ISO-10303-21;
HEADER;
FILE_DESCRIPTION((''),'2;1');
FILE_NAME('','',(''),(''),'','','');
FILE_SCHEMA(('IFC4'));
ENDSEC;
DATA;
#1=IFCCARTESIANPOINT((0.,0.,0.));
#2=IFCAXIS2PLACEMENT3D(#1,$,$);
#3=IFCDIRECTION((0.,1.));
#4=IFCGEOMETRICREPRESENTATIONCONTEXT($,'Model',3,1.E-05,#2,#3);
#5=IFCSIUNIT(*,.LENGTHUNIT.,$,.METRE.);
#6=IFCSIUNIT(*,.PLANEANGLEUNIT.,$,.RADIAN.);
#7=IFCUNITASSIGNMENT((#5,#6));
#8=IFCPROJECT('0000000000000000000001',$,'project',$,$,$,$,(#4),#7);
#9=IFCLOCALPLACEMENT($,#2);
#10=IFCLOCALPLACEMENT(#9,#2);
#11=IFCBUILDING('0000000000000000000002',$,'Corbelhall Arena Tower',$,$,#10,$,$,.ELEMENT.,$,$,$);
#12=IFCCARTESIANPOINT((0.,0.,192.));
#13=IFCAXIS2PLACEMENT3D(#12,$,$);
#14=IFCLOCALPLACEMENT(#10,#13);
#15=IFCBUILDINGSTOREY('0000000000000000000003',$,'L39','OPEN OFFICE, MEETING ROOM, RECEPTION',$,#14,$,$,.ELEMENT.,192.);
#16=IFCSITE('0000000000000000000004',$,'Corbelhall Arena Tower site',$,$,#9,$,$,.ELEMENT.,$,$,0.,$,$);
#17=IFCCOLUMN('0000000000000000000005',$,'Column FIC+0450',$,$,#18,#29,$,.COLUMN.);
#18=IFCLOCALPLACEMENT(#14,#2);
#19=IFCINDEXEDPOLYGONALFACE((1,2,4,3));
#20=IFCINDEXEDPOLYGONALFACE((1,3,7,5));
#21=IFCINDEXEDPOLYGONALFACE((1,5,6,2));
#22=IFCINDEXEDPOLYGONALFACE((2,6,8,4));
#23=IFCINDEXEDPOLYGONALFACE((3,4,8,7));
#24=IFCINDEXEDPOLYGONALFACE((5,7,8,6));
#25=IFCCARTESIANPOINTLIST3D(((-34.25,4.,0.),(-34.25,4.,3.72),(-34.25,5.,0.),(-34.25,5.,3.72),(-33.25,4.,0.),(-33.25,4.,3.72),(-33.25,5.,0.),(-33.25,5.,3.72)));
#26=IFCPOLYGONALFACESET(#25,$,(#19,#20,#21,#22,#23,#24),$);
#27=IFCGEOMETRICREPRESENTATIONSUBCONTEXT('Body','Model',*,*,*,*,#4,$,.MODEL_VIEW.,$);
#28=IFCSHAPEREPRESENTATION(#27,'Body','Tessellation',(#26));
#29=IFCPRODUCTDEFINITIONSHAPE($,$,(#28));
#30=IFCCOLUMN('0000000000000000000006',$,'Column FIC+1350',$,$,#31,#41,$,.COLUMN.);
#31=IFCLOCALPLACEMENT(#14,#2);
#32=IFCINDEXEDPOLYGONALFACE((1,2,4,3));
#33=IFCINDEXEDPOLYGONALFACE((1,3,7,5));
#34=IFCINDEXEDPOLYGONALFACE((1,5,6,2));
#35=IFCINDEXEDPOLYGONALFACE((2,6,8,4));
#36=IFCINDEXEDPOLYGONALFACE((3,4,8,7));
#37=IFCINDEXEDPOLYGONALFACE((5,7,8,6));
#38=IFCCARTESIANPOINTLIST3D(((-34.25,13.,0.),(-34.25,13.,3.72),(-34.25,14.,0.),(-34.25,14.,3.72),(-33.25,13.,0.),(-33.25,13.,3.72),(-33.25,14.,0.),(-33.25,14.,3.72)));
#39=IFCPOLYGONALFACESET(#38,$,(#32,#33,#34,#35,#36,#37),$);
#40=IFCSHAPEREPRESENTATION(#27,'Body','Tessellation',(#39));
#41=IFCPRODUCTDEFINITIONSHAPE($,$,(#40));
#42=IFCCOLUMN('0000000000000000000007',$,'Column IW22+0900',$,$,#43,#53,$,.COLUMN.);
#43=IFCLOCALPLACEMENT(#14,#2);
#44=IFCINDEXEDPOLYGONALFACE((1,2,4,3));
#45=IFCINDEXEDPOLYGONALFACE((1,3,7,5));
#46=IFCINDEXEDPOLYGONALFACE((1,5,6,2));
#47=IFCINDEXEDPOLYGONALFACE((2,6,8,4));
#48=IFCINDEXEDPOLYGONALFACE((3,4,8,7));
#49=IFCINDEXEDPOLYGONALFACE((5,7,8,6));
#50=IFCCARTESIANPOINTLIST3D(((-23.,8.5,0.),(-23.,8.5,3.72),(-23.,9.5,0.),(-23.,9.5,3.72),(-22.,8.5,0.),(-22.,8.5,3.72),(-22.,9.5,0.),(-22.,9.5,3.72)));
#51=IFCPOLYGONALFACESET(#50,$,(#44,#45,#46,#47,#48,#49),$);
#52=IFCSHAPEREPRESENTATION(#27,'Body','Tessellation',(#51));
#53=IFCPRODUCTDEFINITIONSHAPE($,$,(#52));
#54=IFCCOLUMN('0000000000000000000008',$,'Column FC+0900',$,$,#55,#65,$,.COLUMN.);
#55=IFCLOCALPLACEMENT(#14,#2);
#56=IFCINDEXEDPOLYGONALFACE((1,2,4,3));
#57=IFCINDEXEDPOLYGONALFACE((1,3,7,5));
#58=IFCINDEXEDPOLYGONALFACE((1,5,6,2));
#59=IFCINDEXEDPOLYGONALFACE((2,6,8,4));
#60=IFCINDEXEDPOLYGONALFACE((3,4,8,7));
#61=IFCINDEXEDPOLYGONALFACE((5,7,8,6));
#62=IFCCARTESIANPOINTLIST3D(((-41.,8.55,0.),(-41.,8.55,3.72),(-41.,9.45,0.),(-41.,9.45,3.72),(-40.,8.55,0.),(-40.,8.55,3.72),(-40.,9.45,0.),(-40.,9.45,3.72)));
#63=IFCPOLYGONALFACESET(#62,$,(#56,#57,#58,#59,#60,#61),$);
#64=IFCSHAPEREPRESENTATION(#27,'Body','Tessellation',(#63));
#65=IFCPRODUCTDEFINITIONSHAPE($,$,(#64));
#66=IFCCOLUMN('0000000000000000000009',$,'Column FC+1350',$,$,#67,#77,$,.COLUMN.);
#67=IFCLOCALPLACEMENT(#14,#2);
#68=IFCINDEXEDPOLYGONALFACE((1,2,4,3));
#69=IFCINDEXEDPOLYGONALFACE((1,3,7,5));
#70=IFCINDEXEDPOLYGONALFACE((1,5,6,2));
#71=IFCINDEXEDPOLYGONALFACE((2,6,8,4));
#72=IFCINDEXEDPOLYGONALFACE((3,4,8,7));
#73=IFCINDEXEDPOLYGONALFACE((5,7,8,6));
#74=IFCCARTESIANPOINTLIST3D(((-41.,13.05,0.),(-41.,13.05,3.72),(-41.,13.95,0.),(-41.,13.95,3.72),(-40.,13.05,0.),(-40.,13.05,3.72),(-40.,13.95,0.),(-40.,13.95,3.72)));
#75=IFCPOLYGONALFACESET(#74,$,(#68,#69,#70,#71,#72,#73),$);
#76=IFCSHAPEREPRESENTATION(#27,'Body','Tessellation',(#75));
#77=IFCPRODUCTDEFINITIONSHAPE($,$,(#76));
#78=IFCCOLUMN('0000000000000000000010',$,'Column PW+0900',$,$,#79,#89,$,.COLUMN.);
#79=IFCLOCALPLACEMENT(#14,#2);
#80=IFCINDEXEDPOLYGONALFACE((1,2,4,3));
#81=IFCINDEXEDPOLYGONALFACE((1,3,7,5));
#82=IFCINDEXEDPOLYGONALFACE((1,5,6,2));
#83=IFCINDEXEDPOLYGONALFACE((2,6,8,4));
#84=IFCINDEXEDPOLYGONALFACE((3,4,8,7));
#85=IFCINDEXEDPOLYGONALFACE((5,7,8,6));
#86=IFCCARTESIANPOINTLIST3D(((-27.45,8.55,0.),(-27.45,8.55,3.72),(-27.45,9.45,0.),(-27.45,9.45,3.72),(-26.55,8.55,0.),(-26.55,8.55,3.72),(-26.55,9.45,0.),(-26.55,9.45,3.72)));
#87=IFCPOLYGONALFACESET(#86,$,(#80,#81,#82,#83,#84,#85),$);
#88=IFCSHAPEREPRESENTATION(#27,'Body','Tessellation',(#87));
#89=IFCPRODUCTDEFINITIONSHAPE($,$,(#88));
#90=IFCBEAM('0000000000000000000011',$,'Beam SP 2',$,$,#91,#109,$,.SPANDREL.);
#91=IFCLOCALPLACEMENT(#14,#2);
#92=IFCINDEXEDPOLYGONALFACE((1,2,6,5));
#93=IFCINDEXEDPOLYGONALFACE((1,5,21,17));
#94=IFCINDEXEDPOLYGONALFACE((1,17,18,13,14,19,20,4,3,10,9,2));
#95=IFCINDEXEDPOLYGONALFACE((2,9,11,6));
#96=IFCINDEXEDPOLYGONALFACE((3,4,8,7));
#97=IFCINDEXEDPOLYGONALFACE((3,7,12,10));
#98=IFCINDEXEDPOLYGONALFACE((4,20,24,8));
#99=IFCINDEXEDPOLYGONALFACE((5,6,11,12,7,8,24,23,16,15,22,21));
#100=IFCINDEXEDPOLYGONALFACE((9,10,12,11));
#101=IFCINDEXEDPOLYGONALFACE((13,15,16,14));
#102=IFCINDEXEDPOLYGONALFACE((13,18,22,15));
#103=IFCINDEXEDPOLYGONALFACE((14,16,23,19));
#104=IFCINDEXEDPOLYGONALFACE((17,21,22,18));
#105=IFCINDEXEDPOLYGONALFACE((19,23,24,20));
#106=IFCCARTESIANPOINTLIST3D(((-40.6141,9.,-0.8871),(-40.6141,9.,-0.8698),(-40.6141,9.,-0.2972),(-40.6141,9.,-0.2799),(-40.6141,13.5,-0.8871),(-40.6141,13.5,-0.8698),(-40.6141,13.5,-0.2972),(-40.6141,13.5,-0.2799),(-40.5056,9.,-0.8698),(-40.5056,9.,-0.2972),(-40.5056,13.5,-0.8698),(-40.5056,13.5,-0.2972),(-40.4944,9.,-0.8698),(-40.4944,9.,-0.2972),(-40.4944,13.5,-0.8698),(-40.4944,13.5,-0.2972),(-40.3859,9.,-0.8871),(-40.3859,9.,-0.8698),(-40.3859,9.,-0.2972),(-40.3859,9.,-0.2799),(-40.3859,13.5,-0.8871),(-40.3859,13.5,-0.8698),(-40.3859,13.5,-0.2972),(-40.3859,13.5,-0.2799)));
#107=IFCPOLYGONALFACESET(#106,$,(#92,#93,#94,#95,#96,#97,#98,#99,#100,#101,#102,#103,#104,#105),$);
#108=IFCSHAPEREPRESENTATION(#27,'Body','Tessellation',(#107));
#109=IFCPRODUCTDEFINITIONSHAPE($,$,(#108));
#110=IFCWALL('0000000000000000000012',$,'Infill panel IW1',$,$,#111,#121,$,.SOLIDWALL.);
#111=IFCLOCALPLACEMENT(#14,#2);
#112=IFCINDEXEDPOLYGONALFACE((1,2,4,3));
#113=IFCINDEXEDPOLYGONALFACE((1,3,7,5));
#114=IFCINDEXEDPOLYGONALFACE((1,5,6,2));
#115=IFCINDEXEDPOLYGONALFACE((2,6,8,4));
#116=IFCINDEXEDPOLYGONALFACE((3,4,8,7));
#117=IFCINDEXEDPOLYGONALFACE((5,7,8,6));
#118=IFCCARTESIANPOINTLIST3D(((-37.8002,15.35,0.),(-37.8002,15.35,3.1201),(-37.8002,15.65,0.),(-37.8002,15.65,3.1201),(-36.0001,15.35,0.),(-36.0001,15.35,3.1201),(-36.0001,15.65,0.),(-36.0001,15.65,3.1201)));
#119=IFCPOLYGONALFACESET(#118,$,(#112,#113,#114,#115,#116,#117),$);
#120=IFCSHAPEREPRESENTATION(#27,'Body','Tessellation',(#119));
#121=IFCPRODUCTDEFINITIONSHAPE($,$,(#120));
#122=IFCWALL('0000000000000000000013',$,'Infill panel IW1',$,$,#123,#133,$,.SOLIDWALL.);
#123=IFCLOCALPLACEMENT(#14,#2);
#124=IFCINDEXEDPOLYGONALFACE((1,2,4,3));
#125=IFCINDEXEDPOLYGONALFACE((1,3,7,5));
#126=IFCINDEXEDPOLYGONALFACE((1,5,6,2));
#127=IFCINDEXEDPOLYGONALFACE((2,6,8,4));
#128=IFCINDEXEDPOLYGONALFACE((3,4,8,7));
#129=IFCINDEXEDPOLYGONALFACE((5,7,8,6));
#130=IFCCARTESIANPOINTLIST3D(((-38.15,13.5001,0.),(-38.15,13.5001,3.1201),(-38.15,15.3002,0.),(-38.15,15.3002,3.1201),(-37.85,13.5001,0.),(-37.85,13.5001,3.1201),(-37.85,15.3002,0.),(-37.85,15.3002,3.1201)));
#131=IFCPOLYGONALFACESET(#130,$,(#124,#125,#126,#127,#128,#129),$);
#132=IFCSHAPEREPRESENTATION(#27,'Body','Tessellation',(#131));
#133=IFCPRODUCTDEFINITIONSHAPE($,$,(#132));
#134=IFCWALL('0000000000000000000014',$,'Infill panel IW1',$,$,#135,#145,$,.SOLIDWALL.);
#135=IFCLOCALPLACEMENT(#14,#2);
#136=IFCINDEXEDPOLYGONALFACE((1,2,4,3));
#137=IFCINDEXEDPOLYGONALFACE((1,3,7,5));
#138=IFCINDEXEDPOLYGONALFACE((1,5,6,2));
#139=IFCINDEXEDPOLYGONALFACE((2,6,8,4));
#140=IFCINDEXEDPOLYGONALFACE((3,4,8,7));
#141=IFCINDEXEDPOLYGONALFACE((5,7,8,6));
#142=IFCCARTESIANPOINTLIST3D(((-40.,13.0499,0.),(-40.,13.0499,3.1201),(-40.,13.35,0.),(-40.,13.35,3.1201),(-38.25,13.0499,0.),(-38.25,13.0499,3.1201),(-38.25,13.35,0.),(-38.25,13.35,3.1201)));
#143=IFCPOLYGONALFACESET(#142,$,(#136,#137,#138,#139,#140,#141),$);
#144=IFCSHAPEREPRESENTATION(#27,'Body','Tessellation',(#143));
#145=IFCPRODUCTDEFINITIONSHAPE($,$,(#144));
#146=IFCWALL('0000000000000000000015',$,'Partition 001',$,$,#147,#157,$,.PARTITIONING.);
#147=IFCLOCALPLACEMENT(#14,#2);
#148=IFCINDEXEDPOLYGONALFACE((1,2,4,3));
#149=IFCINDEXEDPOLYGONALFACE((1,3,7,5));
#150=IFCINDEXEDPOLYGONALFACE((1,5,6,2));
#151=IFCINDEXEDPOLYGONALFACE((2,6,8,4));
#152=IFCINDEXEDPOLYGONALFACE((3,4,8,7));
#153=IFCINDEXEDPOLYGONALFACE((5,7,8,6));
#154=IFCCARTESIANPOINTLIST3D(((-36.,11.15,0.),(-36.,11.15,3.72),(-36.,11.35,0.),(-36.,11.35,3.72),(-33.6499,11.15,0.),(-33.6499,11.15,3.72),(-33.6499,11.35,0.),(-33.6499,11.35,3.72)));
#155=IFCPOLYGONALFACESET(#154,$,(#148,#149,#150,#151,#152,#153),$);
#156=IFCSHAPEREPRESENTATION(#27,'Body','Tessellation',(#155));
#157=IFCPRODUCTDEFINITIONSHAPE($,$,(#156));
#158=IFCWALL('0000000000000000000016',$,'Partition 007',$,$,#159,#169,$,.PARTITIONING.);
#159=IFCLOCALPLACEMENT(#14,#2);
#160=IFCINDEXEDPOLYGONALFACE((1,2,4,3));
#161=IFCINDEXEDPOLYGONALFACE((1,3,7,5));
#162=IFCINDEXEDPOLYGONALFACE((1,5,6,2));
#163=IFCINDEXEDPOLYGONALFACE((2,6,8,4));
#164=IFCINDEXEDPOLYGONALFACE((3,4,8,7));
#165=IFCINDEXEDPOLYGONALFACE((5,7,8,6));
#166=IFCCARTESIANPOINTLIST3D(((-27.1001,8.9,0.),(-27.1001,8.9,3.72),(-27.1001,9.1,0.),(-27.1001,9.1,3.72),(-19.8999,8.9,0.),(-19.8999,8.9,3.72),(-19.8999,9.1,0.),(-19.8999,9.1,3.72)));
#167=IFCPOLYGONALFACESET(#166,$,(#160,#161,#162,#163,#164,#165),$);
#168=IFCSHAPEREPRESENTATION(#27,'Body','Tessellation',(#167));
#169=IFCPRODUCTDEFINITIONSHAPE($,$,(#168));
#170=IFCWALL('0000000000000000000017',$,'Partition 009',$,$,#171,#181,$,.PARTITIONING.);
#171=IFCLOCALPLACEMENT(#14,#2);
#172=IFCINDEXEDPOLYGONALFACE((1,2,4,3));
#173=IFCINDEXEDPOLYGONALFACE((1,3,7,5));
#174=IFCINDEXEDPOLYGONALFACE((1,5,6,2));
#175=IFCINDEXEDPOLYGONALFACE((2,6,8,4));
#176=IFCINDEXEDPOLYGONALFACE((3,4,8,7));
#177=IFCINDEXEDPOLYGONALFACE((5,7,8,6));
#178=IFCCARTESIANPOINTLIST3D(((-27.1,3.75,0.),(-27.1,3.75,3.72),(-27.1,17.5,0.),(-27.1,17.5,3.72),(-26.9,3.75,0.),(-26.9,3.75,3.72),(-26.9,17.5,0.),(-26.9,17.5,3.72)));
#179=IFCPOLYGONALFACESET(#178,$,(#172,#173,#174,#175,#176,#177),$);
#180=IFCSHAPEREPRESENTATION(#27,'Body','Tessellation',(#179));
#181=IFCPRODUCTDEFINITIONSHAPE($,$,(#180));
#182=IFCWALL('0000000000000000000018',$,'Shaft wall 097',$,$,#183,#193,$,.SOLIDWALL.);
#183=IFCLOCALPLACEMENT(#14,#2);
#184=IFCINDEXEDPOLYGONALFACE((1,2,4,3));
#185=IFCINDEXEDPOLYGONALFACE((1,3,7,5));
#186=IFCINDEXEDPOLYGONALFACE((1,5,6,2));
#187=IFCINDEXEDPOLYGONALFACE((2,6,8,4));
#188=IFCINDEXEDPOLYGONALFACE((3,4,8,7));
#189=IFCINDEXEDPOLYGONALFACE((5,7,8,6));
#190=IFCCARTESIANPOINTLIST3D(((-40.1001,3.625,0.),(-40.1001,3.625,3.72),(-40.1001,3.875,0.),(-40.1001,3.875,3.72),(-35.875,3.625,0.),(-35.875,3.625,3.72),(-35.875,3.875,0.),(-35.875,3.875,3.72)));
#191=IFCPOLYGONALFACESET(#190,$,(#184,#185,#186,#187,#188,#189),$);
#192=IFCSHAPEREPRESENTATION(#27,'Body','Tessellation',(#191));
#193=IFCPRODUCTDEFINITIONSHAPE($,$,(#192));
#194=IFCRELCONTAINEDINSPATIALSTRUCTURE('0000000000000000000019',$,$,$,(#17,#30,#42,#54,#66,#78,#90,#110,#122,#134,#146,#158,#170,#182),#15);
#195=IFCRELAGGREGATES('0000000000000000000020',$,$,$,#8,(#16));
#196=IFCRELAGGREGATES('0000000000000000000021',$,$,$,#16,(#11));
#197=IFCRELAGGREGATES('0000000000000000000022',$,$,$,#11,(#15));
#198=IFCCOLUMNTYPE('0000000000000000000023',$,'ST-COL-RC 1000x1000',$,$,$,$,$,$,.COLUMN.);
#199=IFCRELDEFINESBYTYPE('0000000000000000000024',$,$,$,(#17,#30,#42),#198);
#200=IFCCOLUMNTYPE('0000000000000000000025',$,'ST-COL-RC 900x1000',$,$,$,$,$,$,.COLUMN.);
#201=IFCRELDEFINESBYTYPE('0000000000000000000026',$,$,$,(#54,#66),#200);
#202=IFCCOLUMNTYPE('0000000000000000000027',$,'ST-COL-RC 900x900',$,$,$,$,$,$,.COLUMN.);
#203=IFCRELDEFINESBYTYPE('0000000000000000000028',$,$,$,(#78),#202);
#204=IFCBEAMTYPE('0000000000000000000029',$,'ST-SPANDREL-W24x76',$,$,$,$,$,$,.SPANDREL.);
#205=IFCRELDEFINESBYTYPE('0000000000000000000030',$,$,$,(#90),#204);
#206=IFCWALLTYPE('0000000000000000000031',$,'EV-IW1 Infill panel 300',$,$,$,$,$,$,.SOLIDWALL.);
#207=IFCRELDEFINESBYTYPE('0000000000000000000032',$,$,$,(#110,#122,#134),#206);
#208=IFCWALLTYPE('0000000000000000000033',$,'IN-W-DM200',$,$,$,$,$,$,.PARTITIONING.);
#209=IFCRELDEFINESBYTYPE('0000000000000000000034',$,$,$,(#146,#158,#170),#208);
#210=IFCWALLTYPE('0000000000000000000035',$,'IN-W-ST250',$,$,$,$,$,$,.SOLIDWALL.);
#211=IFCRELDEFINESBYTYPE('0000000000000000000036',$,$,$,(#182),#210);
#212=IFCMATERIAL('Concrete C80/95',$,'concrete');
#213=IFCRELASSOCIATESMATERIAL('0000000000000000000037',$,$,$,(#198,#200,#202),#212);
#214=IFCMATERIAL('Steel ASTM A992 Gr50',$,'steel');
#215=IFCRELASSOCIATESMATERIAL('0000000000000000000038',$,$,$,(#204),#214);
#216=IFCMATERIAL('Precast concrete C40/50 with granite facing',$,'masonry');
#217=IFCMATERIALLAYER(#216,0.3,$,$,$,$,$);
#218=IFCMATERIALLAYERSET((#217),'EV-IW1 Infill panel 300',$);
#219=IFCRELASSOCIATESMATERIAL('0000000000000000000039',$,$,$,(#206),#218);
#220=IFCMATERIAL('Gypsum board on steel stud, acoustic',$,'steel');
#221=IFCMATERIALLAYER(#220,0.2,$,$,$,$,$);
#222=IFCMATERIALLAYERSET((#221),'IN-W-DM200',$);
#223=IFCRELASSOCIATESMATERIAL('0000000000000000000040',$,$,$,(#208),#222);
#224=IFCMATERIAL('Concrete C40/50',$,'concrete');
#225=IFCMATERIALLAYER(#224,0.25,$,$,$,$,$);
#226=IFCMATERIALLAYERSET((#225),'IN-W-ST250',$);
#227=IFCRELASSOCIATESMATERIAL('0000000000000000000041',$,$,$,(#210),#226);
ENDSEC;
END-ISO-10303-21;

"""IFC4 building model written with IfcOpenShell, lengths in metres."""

from ifc_helpers import new_model, si_unit, direction, frame, frame_2d, origin, origin_2d, place, context, subcontext, project, spatial, rectangle, i_section, extrude, material, layer, layer_set, material_profile, profile_set, type_object, element, save


model = new_model("IFC4")

# Units and contexts
model_context = context("Model", 3, precision=1e-05, world=origin(), true_north=direction((0.0, 1.0)))
body_context = subcontext(model_context, "Body", "Model", "MODEL_VIEW")
ifc_project = project(units=[si_unit("LENGTHUNIT", "METRE"), si_unit("PLANEANGLEUNIT", "RADIAN")], contexts=[model_context])

# Site, building, storey
site_placement = place(None, origin())
site = spatial("IfcSite", under=ifc_project, at=site_placement, Name="Corbelhall Arena Tower site", CompositionType="ELEMENT", RefElevation=0.0)
building_placement = place(site_placement, origin())
building = spatial("IfcBuilding", under=site, at=building_placement, Name="Corbelhall Arena Tower", CompositionType="ELEMENT")
storey_placement = place(building_placement, frame((0.0, 0.0, 192.0)))
storey = spatial("IfcBuildingStorey", under=building, at=storey_placement, Name="L39", Description="OPEN OFFICE, MEETING ROOM, RECEPTION", CompositionType="ELEMENT", Elevation=192.0)

# Columns
ifc_material_1 = material(Name="Concrete C80/95", Category="concrete")
ifc_material_profile_1 = material_profile(ifc_material_1, rectangle(XDim=1.0, YDim=1.0, at=origin_2d()))
ifc_profile_set_1 = profile_set([ifc_material_profile_1], Name="Concrete C80/95")
column_type_1 = type_object("IfcColumnType", Name="ST-COL-RC 1000x1000", PredefinedType="COLUMN", material=ifc_profile_set_1)
for number, where, z_axis, x_axis, name in (
    (1, (-33.75, 4.5, 0.0), (0.0, 0.0, 1.0), (1.0, 0.0, 0.0), "Column FIC+0450"),
    (2, (-33.75, 13.5, 0.0), (0.0, 0.0, 1.0), (1.0, 0.0, 0.0), "Column FIC+1350"),
    (3, (-22.5, 9.0, 0.0), (0.0, 0.0, 1.0), (1.0, 0.0, 0.0), "Column IW22+0900"),
):
    element("IfcColumn", number, at=place(storey_placement, frame(where, z_axis=z_axis, x_axis=x_axis)), inside=storey, type_object=column_type_1, Name=name, PredefinedType="COLUMN", context=body_context, shape_type="SweptSolid", body=[
        extrude(rectangle(XDim=1.0, YDim=1.0, at=origin_2d()), origin(), (0.0, 0.0, 1.0), 3.72),
    ])
ifc_material_profile_2 = material_profile(ifc_material_1, rectangle(XDim=0.8999, YDim=1.0, at=origin_2d()))
ifc_profile_set_2 = profile_set([ifc_material_profile_2], Name="Concrete C80/95")
column_type_2 = type_object("IfcColumnType", Name="ST-COL-RC 900x1000", PredefinedType="COLUMN", material=ifc_profile_set_2)
for number, where, z_axis, x_axis, name in (
    (4, (-40.5, 9.0, 0.0), (0.0, 0.0, 1.0), (0.0, 1.0, 0.0), "Column FC+0900"),
    (5, (-40.5, 13.5, 0.0), (0.0, 0.0, 1.0), (0.0, 1.0, 0.0), "Column FC+1350"),
):
    element("IfcColumn", number, at=place(storey_placement, frame(where, z_axis=z_axis, x_axis=x_axis)), inside=storey, type_object=column_type_2, Name=name, PredefinedType="COLUMN", context=body_context, shape_type="SweptSolid", body=[
        extrude(rectangle(XDim=0.8999, YDim=1.0, at=origin_2d()), origin(), (0.0, 0.0, 1.0), 3.72),
    ])
ifc_material_profile_3 = material_profile(ifc_material_1, rectangle(XDim=0.8999, YDim=0.8999, at=origin_2d()))
ifc_profile_set_3 = profile_set([ifc_material_profile_3], Name="Concrete C80/95")
column_type_3 = type_object("IfcColumnType", Name="ST-COL-RC 900x900", PredefinedType="COLUMN", material=ifc_profile_set_3)
column_placement = place(storey_placement, frame((-27.0, 9.0, 0.0), z_axis=(0.0, 0.0, 1.0), x_axis=(1.0, 0.0, 0.0)))
element("IfcColumn", 6, at=column_placement, inside=storey, type_object=column_type_3, Name="Column PW+0900", PredefinedType="COLUMN", context=body_context, shape_type="SweptSolid", body=[
    extrude(rectangle(XDim=0.8999, YDim=0.8999, at=origin_2d()), origin(), (0.0, 0.0, 1.0), 3.72),
])

# Beam
ifc_material_2 = material(Name="Steel ASTM A992 Gr50", Category="steel")
ifc_material_profile_4 = material_profile(ifc_material_2, i_section(OverallWidth=0.2283, OverallDepth=0.6072, WebThickness=0.0112, FlangeThickness=0.0173, at=origin_2d()))
ifc_profile_set_4 = profile_set([ifc_material_profile_4], Name="Steel ASTM A992 Gr50")
beam_type = type_object("IfcBeamType", Name="ST-SPANDREL-W24x76", PredefinedType="SPANDREL", material=ifc_profile_set_4)
beam_placement = place(storey_placement, frame((-40.5, 9.0, -0.5835), z_axis=(0.0, 1.0, 0.0), x_axis=(-1.0, 0.0, 0.0)))
element("IfcBeam", 7, at=beam_placement, inside=storey, type_object=beam_type, Name="Beam SP 2", PredefinedType="SPANDREL", context=body_context, shape_type="SweptSolid", body=[
    extrude(i_section(OverallWidth=0.2283, OverallDepth=0.6072, WebThickness=0.0112, FlangeThickness=0.0173, at=origin_2d()), origin(), (0.0, 0.0, 1.0), 4.5),
])

# Walls
ifc_material_3 = material(Name="Precast concrete C40/50 with granite facing", Category="masonry")
ifc_layer_1 = layer(ifc_material_3, 0.3)
ifc_layer_set_1 = layer_set([ifc_layer_1], Name="EV-IW1 Infill panel 300")
wall_type_1 = type_object("IfcWallType", Name="EV-IW1 Infill panel 300", PredefinedType="SOLIDWALL", material=ifc_layer_set_1)
for number, where, z_axis, x_axis, name in (
    (8, (-37.8, 15.5, 0.0), (0.0, 0.0, 1.0), (1.0, 0.0, 0.0), "Infill panel IW1"),
    (9, (-38.0, 15.3, 0.0), (0.0, 0.0, 1.0), (0.0, -1.0, 0.0), "Infill panel IW1"),
):
    element("IfcWall", number, at=place(storey_placement, frame(where, z_axis=z_axis, x_axis=x_axis)), inside=storey, type_object=wall_type_1, Name=name, PredefinedType="SOLIDWALL", context=body_context, shape_type="SweptSolid", body=[
        extrude(rectangle(XDim=1.8, YDim=0.3, at=frame_2d((0.8999, 0.0))), origin(), (0.0, 0.0, 1.0), 3.1201),
    ])
wall_1_placement = place(storey_placement, frame((-40.0, 13.2, 0.0), z_axis=(0.0, 0.0, 1.0), x_axis=(1.0, 0.0, 0.0)))
element("IfcWall", 10, at=wall_1_placement, inside=storey, type_object=wall_type_1, Name="Infill panel IW1", PredefinedType="SOLIDWALL", context=body_context, shape_type="SweptSolid", body=[
    extrude(rectangle(XDim=1.75, YDim=0.3, at=frame_2d((0.875, 0.0))), origin(), (0.0, 0.0, 1.0), 3.1201),
])

# Wall
ifc_material_4 = material(Name="Gypsum board on steel stud, acoustic", Category="steel")
ifc_layer_2 = layer(ifc_material_4, 0.2)
ifc_layer_set_2 = layer_set([ifc_layer_2], Name="IN-W-DM200")
wall_type_2 = type_object("IfcWallType", Name="IN-W-DM200", PredefinedType="PARTITIONING", material=ifc_layer_set_2)
wall_2_placement = place(storey_placement, frame((-36.0, 11.25, 0.0), z_axis=(0.0, 0.0, 1.0), x_axis=(1.0, 0.0, 0.0)))
element("IfcWall", 11, at=wall_2_placement, inside=storey, type_object=wall_type_2, Name="Partition 001", PredefinedType="PARTITIONING", context=body_context, shape_type="SweptSolid", body=[
    extrude(rectangle(XDim=2.3501, YDim=0.2, at=frame_2d((1.175, 0.0))), origin(), (0.0, 0.0, 1.0), 3.72),
])

# Walls
wall_3_placement = place(storey_placement, frame((-27.1001, 9.0, 0.0), z_axis=(0.0, 0.0, 1.0), x_axis=(1.0, 0.0, 0.0)))
element("IfcWall", 12, at=wall_3_placement, inside=storey, type_object=wall_type_2, Name="Partition 007", PredefinedType="PARTITIONING", context=body_context, shape_type="SweptSolid", body=[
    extrude(rectangle(XDim=7.2002, YDim=0.2, at=frame_2d((3.6001, 0.0))), origin(), (0.0, 0.0, 1.0), 3.72),
])
wall_4_placement = place(storey_placement, frame((-27.0, 3.75, 0.0), z_axis=(0.0, 0.0, 1.0), x_axis=(0.0, 1.0, 0.0)))
element("IfcWall", 13, at=wall_4_placement, inside=storey, type_object=wall_type_2, Name="Partition 009", PredefinedType="PARTITIONING", context=body_context, shape_type="SweptSolid", body=[
    extrude(rectangle(XDim=13.75, YDim=0.2, at=frame_2d((6.875, 0.0))), origin(), (0.0, 0.0, 1.0), 3.72),
])
ifc_material_5 = material(Name="Concrete C40/50", Category="concrete")
ifc_layer_3 = layer(ifc_material_5, 0.25)
ifc_layer_set_3 = layer_set([ifc_layer_3], Name="IN-W-ST250")
wall_type_3 = type_object("IfcWallType", Name="IN-W-ST250", PredefinedType="SOLIDWALL", material=ifc_layer_set_3)
wall_5_placement = place(storey_placement, frame((-40.1001, 3.75, 0.0), z_axis=(0.0, 0.0, 1.0), x_axis=(1.0, 0.0, 0.0)))
element("IfcWall", 14, at=wall_5_placement, inside=storey, type_object=wall_type_3, Name="Shaft wall 097", PredefinedType="SOLIDWALL", context=body_context, shape_type="SweptSolid", body=[
    extrude(rectangle(XDim=4.2251, YDim=0.25, at=frame_2d((2.1125, 0.0))), origin(), (0.0, 0.0, 1.0), 3.72),
])

save(model, "model.ifc")
